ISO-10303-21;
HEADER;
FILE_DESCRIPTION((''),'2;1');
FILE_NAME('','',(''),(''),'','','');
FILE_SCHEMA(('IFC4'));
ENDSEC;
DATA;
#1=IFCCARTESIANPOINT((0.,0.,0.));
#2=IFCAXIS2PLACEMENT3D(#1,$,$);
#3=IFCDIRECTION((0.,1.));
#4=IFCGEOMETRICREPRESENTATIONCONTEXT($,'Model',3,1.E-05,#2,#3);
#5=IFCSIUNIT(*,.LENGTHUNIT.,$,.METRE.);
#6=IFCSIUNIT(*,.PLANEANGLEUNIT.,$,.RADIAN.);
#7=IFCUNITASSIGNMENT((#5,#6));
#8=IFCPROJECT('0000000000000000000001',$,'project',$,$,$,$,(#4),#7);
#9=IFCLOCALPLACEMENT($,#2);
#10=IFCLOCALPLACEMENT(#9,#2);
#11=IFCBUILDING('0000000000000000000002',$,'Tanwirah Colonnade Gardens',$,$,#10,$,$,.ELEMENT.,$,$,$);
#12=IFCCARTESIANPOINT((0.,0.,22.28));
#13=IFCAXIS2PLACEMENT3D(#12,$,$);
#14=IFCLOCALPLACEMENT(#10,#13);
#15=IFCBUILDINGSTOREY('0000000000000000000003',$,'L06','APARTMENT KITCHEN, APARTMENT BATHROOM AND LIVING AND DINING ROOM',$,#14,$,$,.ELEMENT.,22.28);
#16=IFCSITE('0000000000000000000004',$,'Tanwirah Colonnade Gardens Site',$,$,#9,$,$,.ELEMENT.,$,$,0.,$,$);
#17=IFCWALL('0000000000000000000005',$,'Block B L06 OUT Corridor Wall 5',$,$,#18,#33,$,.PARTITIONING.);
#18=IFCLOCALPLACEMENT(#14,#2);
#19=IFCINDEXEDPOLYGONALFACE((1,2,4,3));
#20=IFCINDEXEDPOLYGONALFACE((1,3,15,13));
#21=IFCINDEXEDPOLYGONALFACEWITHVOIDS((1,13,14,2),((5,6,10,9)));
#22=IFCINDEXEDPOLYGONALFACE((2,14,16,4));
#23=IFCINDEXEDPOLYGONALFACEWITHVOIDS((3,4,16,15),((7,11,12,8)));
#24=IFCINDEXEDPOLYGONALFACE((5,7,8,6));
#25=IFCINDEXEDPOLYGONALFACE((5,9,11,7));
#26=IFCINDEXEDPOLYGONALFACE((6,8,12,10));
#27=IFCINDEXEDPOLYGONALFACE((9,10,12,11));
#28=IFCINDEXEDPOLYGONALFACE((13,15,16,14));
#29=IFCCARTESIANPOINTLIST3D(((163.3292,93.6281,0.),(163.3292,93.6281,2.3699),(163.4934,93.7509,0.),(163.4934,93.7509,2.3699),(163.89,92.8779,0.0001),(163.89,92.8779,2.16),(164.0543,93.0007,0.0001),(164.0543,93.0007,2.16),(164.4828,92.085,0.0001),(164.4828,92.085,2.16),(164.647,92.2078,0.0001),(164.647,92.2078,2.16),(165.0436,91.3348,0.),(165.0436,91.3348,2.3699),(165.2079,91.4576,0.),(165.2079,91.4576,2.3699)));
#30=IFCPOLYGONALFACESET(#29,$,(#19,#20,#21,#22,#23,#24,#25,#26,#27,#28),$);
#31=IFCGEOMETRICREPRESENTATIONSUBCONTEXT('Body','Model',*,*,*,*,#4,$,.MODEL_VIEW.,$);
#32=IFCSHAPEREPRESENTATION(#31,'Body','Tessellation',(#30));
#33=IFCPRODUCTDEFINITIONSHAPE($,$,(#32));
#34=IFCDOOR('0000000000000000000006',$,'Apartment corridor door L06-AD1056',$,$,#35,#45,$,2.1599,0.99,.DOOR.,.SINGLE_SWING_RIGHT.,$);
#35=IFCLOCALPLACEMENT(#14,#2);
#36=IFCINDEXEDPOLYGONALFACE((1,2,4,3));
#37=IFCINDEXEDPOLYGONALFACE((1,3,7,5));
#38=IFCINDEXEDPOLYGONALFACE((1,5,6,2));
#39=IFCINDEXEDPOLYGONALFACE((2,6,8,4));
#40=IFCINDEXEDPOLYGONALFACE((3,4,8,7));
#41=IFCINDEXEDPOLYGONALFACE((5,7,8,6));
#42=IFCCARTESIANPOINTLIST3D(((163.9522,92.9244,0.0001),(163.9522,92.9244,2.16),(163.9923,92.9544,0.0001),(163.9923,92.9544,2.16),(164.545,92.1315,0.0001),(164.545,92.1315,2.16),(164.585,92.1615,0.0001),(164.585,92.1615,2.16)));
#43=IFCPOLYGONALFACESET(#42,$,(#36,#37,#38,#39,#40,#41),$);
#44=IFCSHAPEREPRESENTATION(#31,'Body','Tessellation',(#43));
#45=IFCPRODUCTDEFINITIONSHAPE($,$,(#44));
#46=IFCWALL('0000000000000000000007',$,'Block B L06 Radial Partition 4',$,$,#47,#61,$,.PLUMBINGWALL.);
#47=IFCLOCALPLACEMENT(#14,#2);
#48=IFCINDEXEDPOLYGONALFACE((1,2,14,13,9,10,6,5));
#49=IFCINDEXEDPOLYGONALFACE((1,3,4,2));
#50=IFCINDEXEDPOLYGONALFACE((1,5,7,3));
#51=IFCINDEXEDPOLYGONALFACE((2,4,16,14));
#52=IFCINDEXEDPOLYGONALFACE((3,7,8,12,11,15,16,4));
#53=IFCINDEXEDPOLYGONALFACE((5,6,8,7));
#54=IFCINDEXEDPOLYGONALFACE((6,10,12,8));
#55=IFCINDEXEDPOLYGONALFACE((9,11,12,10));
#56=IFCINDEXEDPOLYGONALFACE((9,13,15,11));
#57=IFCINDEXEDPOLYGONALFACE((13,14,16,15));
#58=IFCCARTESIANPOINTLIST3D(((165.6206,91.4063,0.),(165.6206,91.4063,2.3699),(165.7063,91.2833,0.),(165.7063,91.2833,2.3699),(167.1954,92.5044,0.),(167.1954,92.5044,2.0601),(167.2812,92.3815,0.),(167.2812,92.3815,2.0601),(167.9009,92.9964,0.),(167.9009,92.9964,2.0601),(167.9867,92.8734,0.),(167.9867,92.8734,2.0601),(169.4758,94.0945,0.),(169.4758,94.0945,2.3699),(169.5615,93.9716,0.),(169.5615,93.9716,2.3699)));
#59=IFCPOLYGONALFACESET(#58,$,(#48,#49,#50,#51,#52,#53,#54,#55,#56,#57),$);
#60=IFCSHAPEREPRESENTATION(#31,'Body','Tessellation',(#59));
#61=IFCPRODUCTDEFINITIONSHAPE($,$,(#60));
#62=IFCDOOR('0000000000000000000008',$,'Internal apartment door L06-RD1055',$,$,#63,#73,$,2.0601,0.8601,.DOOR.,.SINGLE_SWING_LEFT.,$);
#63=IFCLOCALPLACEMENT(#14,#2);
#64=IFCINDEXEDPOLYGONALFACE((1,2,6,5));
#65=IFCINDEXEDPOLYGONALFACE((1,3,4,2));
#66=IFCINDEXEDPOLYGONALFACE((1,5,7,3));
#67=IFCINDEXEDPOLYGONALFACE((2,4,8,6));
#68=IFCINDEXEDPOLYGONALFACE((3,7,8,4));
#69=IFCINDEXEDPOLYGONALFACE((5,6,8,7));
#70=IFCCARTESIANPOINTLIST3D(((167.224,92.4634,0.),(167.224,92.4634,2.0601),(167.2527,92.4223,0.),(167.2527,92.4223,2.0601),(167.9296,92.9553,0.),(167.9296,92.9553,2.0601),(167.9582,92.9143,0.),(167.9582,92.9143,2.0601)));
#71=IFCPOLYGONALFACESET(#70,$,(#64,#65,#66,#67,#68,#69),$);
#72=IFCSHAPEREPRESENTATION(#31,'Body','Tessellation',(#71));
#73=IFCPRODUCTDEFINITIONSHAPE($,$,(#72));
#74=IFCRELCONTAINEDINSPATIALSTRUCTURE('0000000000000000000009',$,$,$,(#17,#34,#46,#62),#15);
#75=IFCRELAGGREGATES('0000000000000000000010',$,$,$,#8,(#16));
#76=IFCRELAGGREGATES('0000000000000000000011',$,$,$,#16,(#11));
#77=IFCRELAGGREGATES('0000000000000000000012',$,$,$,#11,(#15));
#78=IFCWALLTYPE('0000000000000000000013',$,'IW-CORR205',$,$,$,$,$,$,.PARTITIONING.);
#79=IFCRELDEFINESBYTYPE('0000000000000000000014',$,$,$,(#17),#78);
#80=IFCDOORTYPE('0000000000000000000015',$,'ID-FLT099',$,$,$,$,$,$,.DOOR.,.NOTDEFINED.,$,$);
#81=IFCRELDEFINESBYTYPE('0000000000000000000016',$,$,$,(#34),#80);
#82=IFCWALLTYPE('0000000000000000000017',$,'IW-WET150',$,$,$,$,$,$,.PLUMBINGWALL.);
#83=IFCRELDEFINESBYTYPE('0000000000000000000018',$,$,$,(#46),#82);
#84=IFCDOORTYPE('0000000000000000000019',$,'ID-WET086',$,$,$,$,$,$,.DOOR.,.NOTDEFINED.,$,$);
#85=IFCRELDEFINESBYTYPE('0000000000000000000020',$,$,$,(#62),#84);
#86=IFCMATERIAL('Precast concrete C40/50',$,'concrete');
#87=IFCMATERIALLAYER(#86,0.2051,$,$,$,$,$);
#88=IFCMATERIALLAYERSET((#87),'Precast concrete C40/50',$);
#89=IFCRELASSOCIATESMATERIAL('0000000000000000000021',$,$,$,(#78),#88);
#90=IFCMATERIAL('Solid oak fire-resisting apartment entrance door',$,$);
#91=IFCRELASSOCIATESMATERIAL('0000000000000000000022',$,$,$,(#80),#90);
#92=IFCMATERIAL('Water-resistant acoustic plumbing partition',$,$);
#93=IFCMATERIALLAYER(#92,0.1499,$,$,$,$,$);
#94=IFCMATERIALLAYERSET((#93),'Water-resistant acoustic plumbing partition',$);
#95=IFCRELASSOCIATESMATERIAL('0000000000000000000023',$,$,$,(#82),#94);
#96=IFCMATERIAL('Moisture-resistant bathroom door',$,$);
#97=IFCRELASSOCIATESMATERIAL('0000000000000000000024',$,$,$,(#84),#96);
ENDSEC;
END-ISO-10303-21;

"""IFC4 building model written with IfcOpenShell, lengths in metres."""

from ifc_helpers import new_model, si_unit, direction, frame, frame_2d, origin, place, context, subcontext, project, spatial, rectangle, extrude, material, layer, layer_set, type_object, element, fill, save


model = new_model("IFC4")

# Units and contexts
model_context = context("Model", 3, precision=1e-05, world=origin(), true_north=direction((0.0, 1.0)))
body_context = subcontext(model_context, "Body", "Model", "MODEL_VIEW")
ifc_project = project(units=[si_unit("LENGTHUNIT", "METRE"), si_unit("PLANEANGLEUNIT", "RADIAN")], contexts=[model_context])

# Site, building, storey
site_placement = place(None, origin())
site = spatial("IfcSite", under=ifc_project, at=site_placement, Name="Tanwirah Colonnade Gardens Site", CompositionType="ELEMENT", RefElevation=0.0)
building_placement = place(site_placement, origin())
building = spatial("IfcBuilding", under=site, at=building_placement, Name="Tanwirah Colonnade Gardens", CompositionType="ELEMENT")
storey_placement = place(building_placement, frame((0.0, 0.0, 22.28)))
storey = spatial("IfcBuildingStorey", under=building, at=storey_placement, Name="L06", Description="APARTMENT KITCHEN, APARTMENT BATHROOM AND LIVING AND DINING ROOM", CompositionType="ELEMENT", Elevation=22.28)

# Shared definitions
ifc_material_1 = material(Name="Precast concrete C40/50", Category="concrete")

# Walls, openings, doors
ifc_layer_1 = layer(ifc_material_1, 0.2051)
ifc_layer_set_1 = layer_set([ifc_layer_1], Name="Precast concrete C40/50")
wall_type_1 = type_object("IfcWallType", Name="IW-CORR205", PredefinedType="PARTITIONING", material=ifc_layer_set_1)
wall_1_placement = place(storey_placement, frame((165.1257, 91.3962, 0.0), z_axis=(0.0, 0.0, 1.0), x_axis=(-0.598758, 0.80093, 0.0)))
wall_1 = element("IfcWall", 1, at=wall_1_placement, inside=storey, type_object=wall_type_1, Name="Block B L06 OUT Corridor Wall 5", PredefinedType="PARTITIONING", context=body_context, shape_type="SweptSolid", body=[
    extrude(rectangle(XDim=2.8633, YDim=0.2051, at=frame_2d((1.4316, 0.0))), origin(), (0.0, 0.0, 1.0), 2.3699),
])
opening_1_placement = place(wall_1_placement, frame((0.9365, 0.0, 0.0)))
opening_1 = element("IfcOpeningElement", 2, at=opening_1_placement, cuts=wall_1, PredefinedType="OPENING", context=body_context, shape_type="SweptSolid", body=[
    extrude(rectangle(XDim=0.99, YDim=2.1599, at=frame_2d((0.4951, 1.0801))), frame((0.0, 0.1125, 0.0), z_axis=(0.0, -1.0, 0.0), x_axis=(1.0, 0.0, 0.0)), (0.0, 0.0, 1.0), 0.2251),
])
ifc_material_2 = material(Name="Solid oak fire-resisting apartment entrance door")
door_type_1 = type_object("IfcDoorType", Name="ID-FLT099", OperationType="NOTDEFINED", PredefinedType="DOOR", material=ifc_material_2)
door_1_placement = place(opening_1_placement, origin())
door_1 = element("IfcDoor", 3, at=door_1_placement, inside=storey, type_object=door_type_1, Name="Apartment corridor door L06-AD1056", OperationType="SINGLE_SWING_RIGHT", OverallHeight=2.1599, OverallWidth=0.99, PredefinedType="DOOR", context=body_context, shape_type="SweptSolid", body=[
    extrude(rectangle(XDim=0.99, YDim=2.1599, at=frame_2d((0.4951, 1.0801))), frame((0.0, 0.0249, 0.0), z_axis=(0.0, -1.0, 0.0), x_axis=(1.0, 0.0, 0.0)), (0.0, 0.0, 1.0), 0.05),
])
fill(opening_1, door_1)
ifc_material_3 = material(Name="Water-resistant acoustic plumbing partition")
ifc_layer_2 = layer(ifc_material_3, 0.1499)
ifc_layer_set_2 = layer_set([ifc_layer_2], Name="Water-resistant acoustic plumbing partition")
wall_type_2 = type_object("IfcWallType", Name="IW-WET150", PredefinedType="PLUMBINGWALL", material=ifc_layer_set_2)
wall_2_placement = place(storey_placement, frame((165.6633, 91.3447, 0.0), z_axis=(0.0, 0.0, 1.0), x_axis=(0.820273, 0.571973, 0.0)))
wall_2 = element("IfcWall", 4, at=wall_2_placement, inside=storey, type_object=wall_type_2, Name="Block B L06 Radial Partition 4", PredefinedType="PLUMBINGWALL", context=body_context, shape_type="SweptSolid", body=[
    extrude(rectangle(XDim=4.7, YDim=0.1499, at=frame_2d((2.3501, 0.0))), origin(), (0.0, 0.0, 1.0), 2.3699),
])
opening_2_placement = place(wall_2_placement, frame((1.9199, 0.0, 0.0)))
opening_2 = element("IfcOpeningElement", 5, at=opening_2_placement, cuts=wall_2, PredefinedType="OPENING", context=body_context, shape_type="SweptSolid", body=[
    extrude(rectangle(XDim=0.8601, YDim=2.0601, at=frame_2d((0.4302, 1.03))), frame((0.0, 0.085, 0.0), z_axis=(0.0, -1.0, 0.0), x_axis=(1.0, 0.0, 0.0)), (0.0, 0.0, 1.0), 0.1699),
])
ifc_material_4 = material(Name="Moisture-resistant bathroom door")
door_type_2 = type_object("IfcDoorType", Name="ID-WET086", OperationType="NOTDEFINED", PredefinedType="DOOR", material=ifc_material_4)
door_2_placement = place(opening_2_placement, origin())
door_2 = element("IfcDoor", 6, at=door_2_placement, inside=storey, type_object=door_type_2, Name="Internal apartment door L06-RD1055", OperationType="SINGLE_SWING_LEFT", OverallHeight=2.0601, OverallWidth=0.8601, PredefinedType="DOOR", context=body_context, shape_type="SweptSolid", body=[
    extrude(rectangle(XDim=0.8601, YDim=2.0601, at=frame_2d((0.4302, 1.03))), frame((0.0, 0.0249, 0.0), z_axis=(0.0, -1.0, 0.0), x_axis=(1.0, 0.0, 0.0)), (0.0, 0.0, 1.0), 0.05),
])
fill(opening_2, door_2)

save(model, "model.ifc")
